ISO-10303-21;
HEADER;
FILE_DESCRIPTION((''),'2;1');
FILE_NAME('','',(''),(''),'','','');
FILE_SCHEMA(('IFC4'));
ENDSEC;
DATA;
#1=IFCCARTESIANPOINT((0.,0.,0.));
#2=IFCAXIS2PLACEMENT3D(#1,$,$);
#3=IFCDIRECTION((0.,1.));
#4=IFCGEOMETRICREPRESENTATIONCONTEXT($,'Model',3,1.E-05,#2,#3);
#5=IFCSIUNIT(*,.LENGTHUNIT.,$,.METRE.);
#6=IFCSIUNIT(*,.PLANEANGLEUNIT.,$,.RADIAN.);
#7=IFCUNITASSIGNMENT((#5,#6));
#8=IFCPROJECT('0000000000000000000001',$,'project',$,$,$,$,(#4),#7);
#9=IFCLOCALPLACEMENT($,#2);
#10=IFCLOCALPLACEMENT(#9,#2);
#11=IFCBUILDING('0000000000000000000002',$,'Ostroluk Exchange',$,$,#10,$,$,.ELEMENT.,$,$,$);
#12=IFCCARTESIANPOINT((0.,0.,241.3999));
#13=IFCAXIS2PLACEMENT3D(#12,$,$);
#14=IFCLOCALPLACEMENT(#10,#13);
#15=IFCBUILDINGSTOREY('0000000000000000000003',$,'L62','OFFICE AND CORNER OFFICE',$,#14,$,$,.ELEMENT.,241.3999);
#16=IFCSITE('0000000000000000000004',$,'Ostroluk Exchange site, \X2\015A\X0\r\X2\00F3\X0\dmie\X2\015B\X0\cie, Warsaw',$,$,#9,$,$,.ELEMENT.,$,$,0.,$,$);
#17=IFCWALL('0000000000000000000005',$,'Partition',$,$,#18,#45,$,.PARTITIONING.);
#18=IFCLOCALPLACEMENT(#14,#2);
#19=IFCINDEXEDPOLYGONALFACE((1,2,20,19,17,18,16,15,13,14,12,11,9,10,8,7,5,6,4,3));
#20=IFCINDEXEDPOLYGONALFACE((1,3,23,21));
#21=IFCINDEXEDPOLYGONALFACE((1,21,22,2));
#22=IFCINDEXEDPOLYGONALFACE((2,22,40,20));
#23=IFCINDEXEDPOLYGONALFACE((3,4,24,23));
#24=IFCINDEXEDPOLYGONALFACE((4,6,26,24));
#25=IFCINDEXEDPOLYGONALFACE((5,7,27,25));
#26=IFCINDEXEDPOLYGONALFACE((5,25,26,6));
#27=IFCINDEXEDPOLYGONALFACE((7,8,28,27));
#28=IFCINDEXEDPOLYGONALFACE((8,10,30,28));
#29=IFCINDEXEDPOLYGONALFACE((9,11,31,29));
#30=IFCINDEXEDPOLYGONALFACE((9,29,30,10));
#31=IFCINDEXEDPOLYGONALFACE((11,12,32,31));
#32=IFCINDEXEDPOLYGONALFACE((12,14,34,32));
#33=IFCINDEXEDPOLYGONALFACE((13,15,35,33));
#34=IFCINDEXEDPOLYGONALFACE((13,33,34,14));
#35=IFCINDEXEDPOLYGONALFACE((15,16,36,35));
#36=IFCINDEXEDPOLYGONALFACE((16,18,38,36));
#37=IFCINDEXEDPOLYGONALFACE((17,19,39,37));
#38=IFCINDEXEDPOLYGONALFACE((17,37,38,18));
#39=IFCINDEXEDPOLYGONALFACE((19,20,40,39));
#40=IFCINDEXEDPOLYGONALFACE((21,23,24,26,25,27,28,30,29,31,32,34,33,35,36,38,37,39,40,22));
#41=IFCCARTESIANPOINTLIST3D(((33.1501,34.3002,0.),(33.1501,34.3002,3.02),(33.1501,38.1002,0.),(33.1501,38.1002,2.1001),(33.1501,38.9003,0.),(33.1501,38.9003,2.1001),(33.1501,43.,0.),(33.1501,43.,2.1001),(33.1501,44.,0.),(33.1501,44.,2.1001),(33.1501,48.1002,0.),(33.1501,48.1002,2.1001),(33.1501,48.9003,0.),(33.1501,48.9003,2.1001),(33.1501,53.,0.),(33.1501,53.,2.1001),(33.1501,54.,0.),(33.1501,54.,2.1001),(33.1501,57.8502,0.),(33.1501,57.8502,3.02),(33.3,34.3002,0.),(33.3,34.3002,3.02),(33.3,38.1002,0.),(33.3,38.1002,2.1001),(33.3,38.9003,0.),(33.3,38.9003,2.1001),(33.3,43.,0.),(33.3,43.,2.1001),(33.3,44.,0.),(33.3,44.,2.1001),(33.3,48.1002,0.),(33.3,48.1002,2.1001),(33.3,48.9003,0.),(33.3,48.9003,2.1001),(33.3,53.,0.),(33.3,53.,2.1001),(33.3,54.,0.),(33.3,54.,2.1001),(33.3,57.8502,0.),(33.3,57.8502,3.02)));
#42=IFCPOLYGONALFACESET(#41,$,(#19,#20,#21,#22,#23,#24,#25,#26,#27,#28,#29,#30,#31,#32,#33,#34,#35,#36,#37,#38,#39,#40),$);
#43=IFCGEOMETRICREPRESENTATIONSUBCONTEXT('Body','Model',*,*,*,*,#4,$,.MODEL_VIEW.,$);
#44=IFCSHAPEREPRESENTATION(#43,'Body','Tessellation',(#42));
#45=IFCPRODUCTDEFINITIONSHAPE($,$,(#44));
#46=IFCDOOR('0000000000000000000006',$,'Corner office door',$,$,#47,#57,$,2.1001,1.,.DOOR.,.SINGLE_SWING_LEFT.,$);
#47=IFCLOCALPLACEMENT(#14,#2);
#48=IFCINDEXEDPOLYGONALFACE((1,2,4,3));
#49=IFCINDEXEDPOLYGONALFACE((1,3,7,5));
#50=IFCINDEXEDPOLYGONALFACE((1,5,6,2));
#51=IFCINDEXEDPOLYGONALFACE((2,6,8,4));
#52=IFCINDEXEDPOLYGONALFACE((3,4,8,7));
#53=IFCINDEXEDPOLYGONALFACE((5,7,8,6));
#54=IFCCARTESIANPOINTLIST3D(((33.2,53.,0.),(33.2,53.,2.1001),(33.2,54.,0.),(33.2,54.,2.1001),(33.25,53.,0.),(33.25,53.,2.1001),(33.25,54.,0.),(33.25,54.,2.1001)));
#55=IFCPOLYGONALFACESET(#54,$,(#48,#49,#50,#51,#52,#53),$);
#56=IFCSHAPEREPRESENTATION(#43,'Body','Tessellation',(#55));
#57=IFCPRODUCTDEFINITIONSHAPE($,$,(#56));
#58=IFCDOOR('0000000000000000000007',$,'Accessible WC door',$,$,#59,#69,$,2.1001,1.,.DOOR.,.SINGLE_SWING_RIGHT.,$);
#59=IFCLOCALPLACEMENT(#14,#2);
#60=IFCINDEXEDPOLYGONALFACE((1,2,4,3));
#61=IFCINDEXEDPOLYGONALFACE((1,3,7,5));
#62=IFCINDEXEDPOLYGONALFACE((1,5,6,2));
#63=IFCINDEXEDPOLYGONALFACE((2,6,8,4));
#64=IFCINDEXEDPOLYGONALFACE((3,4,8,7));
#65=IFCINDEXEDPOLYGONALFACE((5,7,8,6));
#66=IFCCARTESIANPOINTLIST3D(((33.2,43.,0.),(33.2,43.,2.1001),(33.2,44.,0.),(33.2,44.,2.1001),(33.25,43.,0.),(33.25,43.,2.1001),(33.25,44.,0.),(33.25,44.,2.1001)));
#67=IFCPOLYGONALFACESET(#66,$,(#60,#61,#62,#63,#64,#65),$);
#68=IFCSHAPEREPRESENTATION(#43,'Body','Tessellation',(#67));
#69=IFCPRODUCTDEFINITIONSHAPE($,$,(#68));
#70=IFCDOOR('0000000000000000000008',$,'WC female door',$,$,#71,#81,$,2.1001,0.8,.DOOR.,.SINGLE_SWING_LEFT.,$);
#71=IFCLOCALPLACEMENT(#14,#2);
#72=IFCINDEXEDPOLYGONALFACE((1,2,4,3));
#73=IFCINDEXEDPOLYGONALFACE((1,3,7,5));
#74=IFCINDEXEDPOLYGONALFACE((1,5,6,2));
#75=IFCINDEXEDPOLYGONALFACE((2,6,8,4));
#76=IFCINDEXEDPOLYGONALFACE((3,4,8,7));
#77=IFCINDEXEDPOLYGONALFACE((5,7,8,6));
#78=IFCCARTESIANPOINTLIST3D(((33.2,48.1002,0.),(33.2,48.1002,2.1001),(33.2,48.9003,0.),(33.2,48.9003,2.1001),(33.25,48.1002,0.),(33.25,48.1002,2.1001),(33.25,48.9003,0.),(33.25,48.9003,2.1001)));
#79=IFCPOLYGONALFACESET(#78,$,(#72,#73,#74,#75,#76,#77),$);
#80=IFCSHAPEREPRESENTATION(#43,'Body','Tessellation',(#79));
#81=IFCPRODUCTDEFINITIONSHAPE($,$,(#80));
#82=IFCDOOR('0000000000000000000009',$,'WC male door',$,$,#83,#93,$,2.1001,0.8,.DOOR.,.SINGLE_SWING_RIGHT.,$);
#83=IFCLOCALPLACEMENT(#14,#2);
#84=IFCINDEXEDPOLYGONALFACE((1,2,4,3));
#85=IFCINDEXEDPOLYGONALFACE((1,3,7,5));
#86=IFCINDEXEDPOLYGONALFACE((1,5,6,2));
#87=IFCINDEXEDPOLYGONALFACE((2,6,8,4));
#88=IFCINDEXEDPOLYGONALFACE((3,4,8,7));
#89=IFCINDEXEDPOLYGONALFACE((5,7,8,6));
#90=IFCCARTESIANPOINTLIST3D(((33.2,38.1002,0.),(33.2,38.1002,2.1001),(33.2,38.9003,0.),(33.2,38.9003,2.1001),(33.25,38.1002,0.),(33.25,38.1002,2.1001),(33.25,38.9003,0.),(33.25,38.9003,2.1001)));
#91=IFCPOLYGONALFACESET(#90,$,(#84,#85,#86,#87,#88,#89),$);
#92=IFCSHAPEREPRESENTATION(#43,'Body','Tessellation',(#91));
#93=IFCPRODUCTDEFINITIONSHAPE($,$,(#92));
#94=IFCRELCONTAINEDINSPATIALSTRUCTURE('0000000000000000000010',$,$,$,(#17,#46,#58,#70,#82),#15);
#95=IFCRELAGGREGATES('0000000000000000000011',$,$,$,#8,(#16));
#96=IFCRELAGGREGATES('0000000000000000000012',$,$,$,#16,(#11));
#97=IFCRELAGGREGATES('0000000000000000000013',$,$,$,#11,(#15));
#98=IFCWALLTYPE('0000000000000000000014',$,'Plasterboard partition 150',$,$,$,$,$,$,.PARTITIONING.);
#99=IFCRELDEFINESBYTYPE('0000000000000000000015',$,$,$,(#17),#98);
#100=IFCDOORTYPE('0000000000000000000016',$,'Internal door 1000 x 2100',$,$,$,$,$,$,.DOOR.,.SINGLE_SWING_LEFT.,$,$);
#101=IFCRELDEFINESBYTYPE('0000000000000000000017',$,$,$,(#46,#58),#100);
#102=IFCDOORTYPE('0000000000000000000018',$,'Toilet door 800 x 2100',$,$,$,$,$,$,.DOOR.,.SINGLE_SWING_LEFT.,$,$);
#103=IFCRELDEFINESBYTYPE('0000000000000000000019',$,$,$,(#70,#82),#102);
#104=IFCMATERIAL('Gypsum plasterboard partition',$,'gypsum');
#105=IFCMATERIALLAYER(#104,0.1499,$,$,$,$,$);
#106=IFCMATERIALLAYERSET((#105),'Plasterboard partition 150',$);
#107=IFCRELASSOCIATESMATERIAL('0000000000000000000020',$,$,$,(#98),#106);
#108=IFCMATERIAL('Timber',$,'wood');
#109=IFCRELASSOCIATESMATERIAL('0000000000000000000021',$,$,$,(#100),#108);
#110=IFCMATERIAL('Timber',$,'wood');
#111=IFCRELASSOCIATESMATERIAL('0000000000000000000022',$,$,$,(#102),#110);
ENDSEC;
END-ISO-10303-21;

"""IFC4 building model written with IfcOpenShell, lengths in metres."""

from ifc_helpers import new_model, si_unit, direction, frame, frame_2d, origin, place, context, subcontext, project, spatial, rectangle, extrude, material, layer, layer_set, type_object, element, fill, save


model = new_model("IFC4")

# Units and contexts
model_context = context("Model", 3, precision=1e-05, world=origin(), true_north=direction((0.0, 1.0)))
body_context = subcontext(model_context, "Body", "Model", "MODEL_VIEW")
ifc_project = project(units=[si_unit("LENGTHUNIT", "METRE"), si_unit("PLANEANGLEUNIT", "RADIAN")], contexts=[model_context])

# Site, building, storey
site_placement = place(None, origin())
site = spatial("IfcSite", under=ifc_project, at=site_placement, Name="Ostroluk Exchange site, Śródmieście, Warsaw", CompositionType="ELEMENT", RefElevation=0.0)
building_placement = place(site_placement, origin())
building = spatial("IfcBuilding", under=site, at=building_placement, Name="Ostroluk Exchange", CompositionType="ELEMENT")
storey_placement = place(building_placement, frame((0.0, 0.0, 241.3999)))
storey = spatial("IfcBuildingStorey", under=building, at=storey_placement, Name="L62", Description="OFFICE AND CORNER OFFICE", CompositionType="ELEMENT", Elevation=241.3999)

# Shared definitions
ifc_material_1 = material(Name="Gypsum plasterboard partition", Category="gypsum")
ifc_layer_1 = layer(ifc_material_1, 0.1499)
ifc_layer_set_1 = layer_set([ifc_layer_1], Name="Plasterboard partition 150")
wall_type = type_object("IfcWallType", Name="Plasterboard partition 150", PredefinedType="PARTITIONING", material=ifc_layer_set_1)

# Wall, openings, doors
wall_1_placement = place(storey_placement, frame((33.2251, 57.8501, 0.0), z_axis=(0.0, 0.0, 1.0), x_axis=(0.0, -1.0, 0.0)))
wall_1 = element("IfcWall", 1, at=wall_1_placement, inside=storey, type_object=wall_type, Name="Partition", PredefinedType="PARTITIONING", context=body_context, shape_type="SweptSolid", body=[
    extrude(rectangle(XDim=23.55, YDim=0.1499, at=frame_2d((11.7749, 0.0))), origin(), (0.0, 0.0, 1.0), 3.02),
])
opening_1_placement = place(wall_1_placement, frame((3.8501, 0.0, 0.0)))
opening_1 = element("IfcOpeningElement", 2, at=opening_1_placement, cuts=wall_1, PredefinedType="OPENING", context=body_context, shape_type="SweptSolid", body=[
    extrude(rectangle(XDim=1.0, YDim=2.1001, at=frame_2d((0.5, 1.05))), frame((0.0, 0.085, 0.0), z_axis=(0.0, -1.0, 0.0), x_axis=(1.0, 0.0, 0.0)), (0.0, 0.0, 1.0), 0.1699),
])
opening_2_placement = place(wall_1_placement, frame((8.95, 0.0, 0.0)))
opening_2 = element("IfcOpeningElement", 3, at=opening_2_placement, cuts=wall_1, PredefinedType="OPENING", context=body_context, shape_type="SweptSolid", body=[
    extrude(rectangle(XDim=0.8, YDim=2.1001, at=frame_2d((0.3999, 1.05))), frame((0.0, 0.085, 0.0), z_axis=(0.0, -1.0, 0.0), x_axis=(1.0, 0.0, 0.0)), (0.0, 0.0, 1.0), 0.1699),
])
opening_3_placement = place(wall_1_placement, frame((13.8501, 0.0, 0.0)))
opening_3 = element("IfcOpeningElement", 4, at=opening_3_placement, cuts=wall_1, PredefinedType="OPENING", context=body_context, shape_type="SweptSolid", body=[
    extrude(rectangle(XDim=1.0, YDim=2.1001, at=frame_2d((0.5, 1.05))), frame((0.0, 0.085, 0.0), z_axis=(0.0, -1.0, 0.0), x_axis=(1.0, 0.0, 0.0)), (0.0, 0.0, 1.0), 0.1699),
])
opening_4_placement = place(wall_1_placement, frame((18.95, 0.0, 0.0)))
opening_4 = element("IfcOpeningElement", 5, at=opening_4_placement, cuts=wall_1, PredefinedType="OPENING", context=body_context, shape_type="SweptSolid", body=[
    extrude(rectangle(XDim=0.8, YDim=2.1001, at=frame_2d((0.3999, 1.05))), frame((0.0, 0.085, 0.0), z_axis=(0.0, -1.0, 0.0), x_axis=(1.0, 0.0, 0.0)), (0.0, 0.0, 1.0), 0.1699),
])
ifc_material_2 = material(Name="Timber", Category="wood")
door_type_1 = type_object("IfcDoorType", Name="Internal door 1000 x 2100", OperationType="SINGLE_SWING_LEFT", PredefinedType="DOOR", material=ifc_material_2)
door_1_placement = place(opening_1_placement, origin())
door_1 = element("IfcDoor", 6, at=door_1_placement, inside=storey, type_object=door_type_1, Name="Corner office door", OperationType="SINGLE_SWING_LEFT", OverallHeight=2.1001, OverallWidth=1.0, PredefinedType="DOOR", context=body_context, shape_type="SweptSolid", body=[
    extrude(rectangle(XDim=1.0, YDim=2.1001, at=frame_2d((0.5, 1.05))), frame((0.0, 0.0249, 0.0), z_axis=(0.0, -1.0, 0.0), x_axis=(1.0, 0.0, 0.0)), (0.0, 0.0, 1.0), 0.05),
])
fill(opening_1, door_1)
door_2_placement = place(opening_3_placement, origin())
door_2 = element("IfcDoor", 7, at=door_2_placement, inside=storey, type_object=door_type_1, Name="Accessible WC door", OperationType="SINGLE_SWING_RIGHT", OverallHeight=2.1001, OverallWidth=1.0, PredefinedType="DOOR", context=body_context, shape_type="SweptSolid", body=[
    extrude(rectangle(XDim=1.0, YDim=2.1001, at=frame_2d((0.5, 1.05))), frame((0.0, 0.0249, 0.0), z_axis=(0.0, -1.0, 0.0), x_axis=(1.0, 0.0, 0.0)), (0.0, 0.0, 1.0), 0.05),
])
fill(opening_3, door_2)
ifc_material_3 = material(Name="Timber", Category="wood")
door_type_2 = type_object("IfcDoorType", Name="Toilet door 800 x 2100", OperationType="SINGLE_SWING_LEFT", PredefinedType="DOOR", material=ifc_material_3)
door_3_placement = place(opening_2_placement, origin())
door_3 = element("IfcDoor", 8, at=door_3_placement, inside=storey, type_object=door_type_2, Name="WC female door", OperationType="SINGLE_SWING_LEFT", OverallHeight=2.1001, OverallWidth=0.8, PredefinedType="DOOR", context=body_context, shape_type="SweptSolid", body=[
    extrude(rectangle(XDim=0.8, YDim=2.1001, at=frame_2d((0.3999, 1.05))), frame((0.0, 0.0249, 0.0), z_axis=(0.0, -1.0, 0.0), x_axis=(1.0, 0.0, 0.0)), (0.0, 0.0, 1.0), 0.05),
])
fill(opening_2, door_3)
door_4_placement = place(opening_4_placement, origin())
door_4 = element("IfcDoor", 9, at=door_4_placement, inside=storey, type_object=door_type_2, Name="WC male door", OperationType="SINGLE_SWING_RIGHT", OverallHeight=2.1001, OverallWidth=0.8, PredefinedType="DOOR", context=body_context, shape_type="SweptSolid", body=[
    extrude(rectangle(XDim=0.8, YDim=2.1001, at=frame_2d((0.3999, 1.05))), frame((0.0, 0.0249, 0.0), z_axis=(0.0, -1.0, 0.0), x_axis=(1.0, 0.0, 0.0)), (0.0, 0.0, 1.0), 0.05),
])
fill(opening_4, door_4)

save(model, "model.ifc")
